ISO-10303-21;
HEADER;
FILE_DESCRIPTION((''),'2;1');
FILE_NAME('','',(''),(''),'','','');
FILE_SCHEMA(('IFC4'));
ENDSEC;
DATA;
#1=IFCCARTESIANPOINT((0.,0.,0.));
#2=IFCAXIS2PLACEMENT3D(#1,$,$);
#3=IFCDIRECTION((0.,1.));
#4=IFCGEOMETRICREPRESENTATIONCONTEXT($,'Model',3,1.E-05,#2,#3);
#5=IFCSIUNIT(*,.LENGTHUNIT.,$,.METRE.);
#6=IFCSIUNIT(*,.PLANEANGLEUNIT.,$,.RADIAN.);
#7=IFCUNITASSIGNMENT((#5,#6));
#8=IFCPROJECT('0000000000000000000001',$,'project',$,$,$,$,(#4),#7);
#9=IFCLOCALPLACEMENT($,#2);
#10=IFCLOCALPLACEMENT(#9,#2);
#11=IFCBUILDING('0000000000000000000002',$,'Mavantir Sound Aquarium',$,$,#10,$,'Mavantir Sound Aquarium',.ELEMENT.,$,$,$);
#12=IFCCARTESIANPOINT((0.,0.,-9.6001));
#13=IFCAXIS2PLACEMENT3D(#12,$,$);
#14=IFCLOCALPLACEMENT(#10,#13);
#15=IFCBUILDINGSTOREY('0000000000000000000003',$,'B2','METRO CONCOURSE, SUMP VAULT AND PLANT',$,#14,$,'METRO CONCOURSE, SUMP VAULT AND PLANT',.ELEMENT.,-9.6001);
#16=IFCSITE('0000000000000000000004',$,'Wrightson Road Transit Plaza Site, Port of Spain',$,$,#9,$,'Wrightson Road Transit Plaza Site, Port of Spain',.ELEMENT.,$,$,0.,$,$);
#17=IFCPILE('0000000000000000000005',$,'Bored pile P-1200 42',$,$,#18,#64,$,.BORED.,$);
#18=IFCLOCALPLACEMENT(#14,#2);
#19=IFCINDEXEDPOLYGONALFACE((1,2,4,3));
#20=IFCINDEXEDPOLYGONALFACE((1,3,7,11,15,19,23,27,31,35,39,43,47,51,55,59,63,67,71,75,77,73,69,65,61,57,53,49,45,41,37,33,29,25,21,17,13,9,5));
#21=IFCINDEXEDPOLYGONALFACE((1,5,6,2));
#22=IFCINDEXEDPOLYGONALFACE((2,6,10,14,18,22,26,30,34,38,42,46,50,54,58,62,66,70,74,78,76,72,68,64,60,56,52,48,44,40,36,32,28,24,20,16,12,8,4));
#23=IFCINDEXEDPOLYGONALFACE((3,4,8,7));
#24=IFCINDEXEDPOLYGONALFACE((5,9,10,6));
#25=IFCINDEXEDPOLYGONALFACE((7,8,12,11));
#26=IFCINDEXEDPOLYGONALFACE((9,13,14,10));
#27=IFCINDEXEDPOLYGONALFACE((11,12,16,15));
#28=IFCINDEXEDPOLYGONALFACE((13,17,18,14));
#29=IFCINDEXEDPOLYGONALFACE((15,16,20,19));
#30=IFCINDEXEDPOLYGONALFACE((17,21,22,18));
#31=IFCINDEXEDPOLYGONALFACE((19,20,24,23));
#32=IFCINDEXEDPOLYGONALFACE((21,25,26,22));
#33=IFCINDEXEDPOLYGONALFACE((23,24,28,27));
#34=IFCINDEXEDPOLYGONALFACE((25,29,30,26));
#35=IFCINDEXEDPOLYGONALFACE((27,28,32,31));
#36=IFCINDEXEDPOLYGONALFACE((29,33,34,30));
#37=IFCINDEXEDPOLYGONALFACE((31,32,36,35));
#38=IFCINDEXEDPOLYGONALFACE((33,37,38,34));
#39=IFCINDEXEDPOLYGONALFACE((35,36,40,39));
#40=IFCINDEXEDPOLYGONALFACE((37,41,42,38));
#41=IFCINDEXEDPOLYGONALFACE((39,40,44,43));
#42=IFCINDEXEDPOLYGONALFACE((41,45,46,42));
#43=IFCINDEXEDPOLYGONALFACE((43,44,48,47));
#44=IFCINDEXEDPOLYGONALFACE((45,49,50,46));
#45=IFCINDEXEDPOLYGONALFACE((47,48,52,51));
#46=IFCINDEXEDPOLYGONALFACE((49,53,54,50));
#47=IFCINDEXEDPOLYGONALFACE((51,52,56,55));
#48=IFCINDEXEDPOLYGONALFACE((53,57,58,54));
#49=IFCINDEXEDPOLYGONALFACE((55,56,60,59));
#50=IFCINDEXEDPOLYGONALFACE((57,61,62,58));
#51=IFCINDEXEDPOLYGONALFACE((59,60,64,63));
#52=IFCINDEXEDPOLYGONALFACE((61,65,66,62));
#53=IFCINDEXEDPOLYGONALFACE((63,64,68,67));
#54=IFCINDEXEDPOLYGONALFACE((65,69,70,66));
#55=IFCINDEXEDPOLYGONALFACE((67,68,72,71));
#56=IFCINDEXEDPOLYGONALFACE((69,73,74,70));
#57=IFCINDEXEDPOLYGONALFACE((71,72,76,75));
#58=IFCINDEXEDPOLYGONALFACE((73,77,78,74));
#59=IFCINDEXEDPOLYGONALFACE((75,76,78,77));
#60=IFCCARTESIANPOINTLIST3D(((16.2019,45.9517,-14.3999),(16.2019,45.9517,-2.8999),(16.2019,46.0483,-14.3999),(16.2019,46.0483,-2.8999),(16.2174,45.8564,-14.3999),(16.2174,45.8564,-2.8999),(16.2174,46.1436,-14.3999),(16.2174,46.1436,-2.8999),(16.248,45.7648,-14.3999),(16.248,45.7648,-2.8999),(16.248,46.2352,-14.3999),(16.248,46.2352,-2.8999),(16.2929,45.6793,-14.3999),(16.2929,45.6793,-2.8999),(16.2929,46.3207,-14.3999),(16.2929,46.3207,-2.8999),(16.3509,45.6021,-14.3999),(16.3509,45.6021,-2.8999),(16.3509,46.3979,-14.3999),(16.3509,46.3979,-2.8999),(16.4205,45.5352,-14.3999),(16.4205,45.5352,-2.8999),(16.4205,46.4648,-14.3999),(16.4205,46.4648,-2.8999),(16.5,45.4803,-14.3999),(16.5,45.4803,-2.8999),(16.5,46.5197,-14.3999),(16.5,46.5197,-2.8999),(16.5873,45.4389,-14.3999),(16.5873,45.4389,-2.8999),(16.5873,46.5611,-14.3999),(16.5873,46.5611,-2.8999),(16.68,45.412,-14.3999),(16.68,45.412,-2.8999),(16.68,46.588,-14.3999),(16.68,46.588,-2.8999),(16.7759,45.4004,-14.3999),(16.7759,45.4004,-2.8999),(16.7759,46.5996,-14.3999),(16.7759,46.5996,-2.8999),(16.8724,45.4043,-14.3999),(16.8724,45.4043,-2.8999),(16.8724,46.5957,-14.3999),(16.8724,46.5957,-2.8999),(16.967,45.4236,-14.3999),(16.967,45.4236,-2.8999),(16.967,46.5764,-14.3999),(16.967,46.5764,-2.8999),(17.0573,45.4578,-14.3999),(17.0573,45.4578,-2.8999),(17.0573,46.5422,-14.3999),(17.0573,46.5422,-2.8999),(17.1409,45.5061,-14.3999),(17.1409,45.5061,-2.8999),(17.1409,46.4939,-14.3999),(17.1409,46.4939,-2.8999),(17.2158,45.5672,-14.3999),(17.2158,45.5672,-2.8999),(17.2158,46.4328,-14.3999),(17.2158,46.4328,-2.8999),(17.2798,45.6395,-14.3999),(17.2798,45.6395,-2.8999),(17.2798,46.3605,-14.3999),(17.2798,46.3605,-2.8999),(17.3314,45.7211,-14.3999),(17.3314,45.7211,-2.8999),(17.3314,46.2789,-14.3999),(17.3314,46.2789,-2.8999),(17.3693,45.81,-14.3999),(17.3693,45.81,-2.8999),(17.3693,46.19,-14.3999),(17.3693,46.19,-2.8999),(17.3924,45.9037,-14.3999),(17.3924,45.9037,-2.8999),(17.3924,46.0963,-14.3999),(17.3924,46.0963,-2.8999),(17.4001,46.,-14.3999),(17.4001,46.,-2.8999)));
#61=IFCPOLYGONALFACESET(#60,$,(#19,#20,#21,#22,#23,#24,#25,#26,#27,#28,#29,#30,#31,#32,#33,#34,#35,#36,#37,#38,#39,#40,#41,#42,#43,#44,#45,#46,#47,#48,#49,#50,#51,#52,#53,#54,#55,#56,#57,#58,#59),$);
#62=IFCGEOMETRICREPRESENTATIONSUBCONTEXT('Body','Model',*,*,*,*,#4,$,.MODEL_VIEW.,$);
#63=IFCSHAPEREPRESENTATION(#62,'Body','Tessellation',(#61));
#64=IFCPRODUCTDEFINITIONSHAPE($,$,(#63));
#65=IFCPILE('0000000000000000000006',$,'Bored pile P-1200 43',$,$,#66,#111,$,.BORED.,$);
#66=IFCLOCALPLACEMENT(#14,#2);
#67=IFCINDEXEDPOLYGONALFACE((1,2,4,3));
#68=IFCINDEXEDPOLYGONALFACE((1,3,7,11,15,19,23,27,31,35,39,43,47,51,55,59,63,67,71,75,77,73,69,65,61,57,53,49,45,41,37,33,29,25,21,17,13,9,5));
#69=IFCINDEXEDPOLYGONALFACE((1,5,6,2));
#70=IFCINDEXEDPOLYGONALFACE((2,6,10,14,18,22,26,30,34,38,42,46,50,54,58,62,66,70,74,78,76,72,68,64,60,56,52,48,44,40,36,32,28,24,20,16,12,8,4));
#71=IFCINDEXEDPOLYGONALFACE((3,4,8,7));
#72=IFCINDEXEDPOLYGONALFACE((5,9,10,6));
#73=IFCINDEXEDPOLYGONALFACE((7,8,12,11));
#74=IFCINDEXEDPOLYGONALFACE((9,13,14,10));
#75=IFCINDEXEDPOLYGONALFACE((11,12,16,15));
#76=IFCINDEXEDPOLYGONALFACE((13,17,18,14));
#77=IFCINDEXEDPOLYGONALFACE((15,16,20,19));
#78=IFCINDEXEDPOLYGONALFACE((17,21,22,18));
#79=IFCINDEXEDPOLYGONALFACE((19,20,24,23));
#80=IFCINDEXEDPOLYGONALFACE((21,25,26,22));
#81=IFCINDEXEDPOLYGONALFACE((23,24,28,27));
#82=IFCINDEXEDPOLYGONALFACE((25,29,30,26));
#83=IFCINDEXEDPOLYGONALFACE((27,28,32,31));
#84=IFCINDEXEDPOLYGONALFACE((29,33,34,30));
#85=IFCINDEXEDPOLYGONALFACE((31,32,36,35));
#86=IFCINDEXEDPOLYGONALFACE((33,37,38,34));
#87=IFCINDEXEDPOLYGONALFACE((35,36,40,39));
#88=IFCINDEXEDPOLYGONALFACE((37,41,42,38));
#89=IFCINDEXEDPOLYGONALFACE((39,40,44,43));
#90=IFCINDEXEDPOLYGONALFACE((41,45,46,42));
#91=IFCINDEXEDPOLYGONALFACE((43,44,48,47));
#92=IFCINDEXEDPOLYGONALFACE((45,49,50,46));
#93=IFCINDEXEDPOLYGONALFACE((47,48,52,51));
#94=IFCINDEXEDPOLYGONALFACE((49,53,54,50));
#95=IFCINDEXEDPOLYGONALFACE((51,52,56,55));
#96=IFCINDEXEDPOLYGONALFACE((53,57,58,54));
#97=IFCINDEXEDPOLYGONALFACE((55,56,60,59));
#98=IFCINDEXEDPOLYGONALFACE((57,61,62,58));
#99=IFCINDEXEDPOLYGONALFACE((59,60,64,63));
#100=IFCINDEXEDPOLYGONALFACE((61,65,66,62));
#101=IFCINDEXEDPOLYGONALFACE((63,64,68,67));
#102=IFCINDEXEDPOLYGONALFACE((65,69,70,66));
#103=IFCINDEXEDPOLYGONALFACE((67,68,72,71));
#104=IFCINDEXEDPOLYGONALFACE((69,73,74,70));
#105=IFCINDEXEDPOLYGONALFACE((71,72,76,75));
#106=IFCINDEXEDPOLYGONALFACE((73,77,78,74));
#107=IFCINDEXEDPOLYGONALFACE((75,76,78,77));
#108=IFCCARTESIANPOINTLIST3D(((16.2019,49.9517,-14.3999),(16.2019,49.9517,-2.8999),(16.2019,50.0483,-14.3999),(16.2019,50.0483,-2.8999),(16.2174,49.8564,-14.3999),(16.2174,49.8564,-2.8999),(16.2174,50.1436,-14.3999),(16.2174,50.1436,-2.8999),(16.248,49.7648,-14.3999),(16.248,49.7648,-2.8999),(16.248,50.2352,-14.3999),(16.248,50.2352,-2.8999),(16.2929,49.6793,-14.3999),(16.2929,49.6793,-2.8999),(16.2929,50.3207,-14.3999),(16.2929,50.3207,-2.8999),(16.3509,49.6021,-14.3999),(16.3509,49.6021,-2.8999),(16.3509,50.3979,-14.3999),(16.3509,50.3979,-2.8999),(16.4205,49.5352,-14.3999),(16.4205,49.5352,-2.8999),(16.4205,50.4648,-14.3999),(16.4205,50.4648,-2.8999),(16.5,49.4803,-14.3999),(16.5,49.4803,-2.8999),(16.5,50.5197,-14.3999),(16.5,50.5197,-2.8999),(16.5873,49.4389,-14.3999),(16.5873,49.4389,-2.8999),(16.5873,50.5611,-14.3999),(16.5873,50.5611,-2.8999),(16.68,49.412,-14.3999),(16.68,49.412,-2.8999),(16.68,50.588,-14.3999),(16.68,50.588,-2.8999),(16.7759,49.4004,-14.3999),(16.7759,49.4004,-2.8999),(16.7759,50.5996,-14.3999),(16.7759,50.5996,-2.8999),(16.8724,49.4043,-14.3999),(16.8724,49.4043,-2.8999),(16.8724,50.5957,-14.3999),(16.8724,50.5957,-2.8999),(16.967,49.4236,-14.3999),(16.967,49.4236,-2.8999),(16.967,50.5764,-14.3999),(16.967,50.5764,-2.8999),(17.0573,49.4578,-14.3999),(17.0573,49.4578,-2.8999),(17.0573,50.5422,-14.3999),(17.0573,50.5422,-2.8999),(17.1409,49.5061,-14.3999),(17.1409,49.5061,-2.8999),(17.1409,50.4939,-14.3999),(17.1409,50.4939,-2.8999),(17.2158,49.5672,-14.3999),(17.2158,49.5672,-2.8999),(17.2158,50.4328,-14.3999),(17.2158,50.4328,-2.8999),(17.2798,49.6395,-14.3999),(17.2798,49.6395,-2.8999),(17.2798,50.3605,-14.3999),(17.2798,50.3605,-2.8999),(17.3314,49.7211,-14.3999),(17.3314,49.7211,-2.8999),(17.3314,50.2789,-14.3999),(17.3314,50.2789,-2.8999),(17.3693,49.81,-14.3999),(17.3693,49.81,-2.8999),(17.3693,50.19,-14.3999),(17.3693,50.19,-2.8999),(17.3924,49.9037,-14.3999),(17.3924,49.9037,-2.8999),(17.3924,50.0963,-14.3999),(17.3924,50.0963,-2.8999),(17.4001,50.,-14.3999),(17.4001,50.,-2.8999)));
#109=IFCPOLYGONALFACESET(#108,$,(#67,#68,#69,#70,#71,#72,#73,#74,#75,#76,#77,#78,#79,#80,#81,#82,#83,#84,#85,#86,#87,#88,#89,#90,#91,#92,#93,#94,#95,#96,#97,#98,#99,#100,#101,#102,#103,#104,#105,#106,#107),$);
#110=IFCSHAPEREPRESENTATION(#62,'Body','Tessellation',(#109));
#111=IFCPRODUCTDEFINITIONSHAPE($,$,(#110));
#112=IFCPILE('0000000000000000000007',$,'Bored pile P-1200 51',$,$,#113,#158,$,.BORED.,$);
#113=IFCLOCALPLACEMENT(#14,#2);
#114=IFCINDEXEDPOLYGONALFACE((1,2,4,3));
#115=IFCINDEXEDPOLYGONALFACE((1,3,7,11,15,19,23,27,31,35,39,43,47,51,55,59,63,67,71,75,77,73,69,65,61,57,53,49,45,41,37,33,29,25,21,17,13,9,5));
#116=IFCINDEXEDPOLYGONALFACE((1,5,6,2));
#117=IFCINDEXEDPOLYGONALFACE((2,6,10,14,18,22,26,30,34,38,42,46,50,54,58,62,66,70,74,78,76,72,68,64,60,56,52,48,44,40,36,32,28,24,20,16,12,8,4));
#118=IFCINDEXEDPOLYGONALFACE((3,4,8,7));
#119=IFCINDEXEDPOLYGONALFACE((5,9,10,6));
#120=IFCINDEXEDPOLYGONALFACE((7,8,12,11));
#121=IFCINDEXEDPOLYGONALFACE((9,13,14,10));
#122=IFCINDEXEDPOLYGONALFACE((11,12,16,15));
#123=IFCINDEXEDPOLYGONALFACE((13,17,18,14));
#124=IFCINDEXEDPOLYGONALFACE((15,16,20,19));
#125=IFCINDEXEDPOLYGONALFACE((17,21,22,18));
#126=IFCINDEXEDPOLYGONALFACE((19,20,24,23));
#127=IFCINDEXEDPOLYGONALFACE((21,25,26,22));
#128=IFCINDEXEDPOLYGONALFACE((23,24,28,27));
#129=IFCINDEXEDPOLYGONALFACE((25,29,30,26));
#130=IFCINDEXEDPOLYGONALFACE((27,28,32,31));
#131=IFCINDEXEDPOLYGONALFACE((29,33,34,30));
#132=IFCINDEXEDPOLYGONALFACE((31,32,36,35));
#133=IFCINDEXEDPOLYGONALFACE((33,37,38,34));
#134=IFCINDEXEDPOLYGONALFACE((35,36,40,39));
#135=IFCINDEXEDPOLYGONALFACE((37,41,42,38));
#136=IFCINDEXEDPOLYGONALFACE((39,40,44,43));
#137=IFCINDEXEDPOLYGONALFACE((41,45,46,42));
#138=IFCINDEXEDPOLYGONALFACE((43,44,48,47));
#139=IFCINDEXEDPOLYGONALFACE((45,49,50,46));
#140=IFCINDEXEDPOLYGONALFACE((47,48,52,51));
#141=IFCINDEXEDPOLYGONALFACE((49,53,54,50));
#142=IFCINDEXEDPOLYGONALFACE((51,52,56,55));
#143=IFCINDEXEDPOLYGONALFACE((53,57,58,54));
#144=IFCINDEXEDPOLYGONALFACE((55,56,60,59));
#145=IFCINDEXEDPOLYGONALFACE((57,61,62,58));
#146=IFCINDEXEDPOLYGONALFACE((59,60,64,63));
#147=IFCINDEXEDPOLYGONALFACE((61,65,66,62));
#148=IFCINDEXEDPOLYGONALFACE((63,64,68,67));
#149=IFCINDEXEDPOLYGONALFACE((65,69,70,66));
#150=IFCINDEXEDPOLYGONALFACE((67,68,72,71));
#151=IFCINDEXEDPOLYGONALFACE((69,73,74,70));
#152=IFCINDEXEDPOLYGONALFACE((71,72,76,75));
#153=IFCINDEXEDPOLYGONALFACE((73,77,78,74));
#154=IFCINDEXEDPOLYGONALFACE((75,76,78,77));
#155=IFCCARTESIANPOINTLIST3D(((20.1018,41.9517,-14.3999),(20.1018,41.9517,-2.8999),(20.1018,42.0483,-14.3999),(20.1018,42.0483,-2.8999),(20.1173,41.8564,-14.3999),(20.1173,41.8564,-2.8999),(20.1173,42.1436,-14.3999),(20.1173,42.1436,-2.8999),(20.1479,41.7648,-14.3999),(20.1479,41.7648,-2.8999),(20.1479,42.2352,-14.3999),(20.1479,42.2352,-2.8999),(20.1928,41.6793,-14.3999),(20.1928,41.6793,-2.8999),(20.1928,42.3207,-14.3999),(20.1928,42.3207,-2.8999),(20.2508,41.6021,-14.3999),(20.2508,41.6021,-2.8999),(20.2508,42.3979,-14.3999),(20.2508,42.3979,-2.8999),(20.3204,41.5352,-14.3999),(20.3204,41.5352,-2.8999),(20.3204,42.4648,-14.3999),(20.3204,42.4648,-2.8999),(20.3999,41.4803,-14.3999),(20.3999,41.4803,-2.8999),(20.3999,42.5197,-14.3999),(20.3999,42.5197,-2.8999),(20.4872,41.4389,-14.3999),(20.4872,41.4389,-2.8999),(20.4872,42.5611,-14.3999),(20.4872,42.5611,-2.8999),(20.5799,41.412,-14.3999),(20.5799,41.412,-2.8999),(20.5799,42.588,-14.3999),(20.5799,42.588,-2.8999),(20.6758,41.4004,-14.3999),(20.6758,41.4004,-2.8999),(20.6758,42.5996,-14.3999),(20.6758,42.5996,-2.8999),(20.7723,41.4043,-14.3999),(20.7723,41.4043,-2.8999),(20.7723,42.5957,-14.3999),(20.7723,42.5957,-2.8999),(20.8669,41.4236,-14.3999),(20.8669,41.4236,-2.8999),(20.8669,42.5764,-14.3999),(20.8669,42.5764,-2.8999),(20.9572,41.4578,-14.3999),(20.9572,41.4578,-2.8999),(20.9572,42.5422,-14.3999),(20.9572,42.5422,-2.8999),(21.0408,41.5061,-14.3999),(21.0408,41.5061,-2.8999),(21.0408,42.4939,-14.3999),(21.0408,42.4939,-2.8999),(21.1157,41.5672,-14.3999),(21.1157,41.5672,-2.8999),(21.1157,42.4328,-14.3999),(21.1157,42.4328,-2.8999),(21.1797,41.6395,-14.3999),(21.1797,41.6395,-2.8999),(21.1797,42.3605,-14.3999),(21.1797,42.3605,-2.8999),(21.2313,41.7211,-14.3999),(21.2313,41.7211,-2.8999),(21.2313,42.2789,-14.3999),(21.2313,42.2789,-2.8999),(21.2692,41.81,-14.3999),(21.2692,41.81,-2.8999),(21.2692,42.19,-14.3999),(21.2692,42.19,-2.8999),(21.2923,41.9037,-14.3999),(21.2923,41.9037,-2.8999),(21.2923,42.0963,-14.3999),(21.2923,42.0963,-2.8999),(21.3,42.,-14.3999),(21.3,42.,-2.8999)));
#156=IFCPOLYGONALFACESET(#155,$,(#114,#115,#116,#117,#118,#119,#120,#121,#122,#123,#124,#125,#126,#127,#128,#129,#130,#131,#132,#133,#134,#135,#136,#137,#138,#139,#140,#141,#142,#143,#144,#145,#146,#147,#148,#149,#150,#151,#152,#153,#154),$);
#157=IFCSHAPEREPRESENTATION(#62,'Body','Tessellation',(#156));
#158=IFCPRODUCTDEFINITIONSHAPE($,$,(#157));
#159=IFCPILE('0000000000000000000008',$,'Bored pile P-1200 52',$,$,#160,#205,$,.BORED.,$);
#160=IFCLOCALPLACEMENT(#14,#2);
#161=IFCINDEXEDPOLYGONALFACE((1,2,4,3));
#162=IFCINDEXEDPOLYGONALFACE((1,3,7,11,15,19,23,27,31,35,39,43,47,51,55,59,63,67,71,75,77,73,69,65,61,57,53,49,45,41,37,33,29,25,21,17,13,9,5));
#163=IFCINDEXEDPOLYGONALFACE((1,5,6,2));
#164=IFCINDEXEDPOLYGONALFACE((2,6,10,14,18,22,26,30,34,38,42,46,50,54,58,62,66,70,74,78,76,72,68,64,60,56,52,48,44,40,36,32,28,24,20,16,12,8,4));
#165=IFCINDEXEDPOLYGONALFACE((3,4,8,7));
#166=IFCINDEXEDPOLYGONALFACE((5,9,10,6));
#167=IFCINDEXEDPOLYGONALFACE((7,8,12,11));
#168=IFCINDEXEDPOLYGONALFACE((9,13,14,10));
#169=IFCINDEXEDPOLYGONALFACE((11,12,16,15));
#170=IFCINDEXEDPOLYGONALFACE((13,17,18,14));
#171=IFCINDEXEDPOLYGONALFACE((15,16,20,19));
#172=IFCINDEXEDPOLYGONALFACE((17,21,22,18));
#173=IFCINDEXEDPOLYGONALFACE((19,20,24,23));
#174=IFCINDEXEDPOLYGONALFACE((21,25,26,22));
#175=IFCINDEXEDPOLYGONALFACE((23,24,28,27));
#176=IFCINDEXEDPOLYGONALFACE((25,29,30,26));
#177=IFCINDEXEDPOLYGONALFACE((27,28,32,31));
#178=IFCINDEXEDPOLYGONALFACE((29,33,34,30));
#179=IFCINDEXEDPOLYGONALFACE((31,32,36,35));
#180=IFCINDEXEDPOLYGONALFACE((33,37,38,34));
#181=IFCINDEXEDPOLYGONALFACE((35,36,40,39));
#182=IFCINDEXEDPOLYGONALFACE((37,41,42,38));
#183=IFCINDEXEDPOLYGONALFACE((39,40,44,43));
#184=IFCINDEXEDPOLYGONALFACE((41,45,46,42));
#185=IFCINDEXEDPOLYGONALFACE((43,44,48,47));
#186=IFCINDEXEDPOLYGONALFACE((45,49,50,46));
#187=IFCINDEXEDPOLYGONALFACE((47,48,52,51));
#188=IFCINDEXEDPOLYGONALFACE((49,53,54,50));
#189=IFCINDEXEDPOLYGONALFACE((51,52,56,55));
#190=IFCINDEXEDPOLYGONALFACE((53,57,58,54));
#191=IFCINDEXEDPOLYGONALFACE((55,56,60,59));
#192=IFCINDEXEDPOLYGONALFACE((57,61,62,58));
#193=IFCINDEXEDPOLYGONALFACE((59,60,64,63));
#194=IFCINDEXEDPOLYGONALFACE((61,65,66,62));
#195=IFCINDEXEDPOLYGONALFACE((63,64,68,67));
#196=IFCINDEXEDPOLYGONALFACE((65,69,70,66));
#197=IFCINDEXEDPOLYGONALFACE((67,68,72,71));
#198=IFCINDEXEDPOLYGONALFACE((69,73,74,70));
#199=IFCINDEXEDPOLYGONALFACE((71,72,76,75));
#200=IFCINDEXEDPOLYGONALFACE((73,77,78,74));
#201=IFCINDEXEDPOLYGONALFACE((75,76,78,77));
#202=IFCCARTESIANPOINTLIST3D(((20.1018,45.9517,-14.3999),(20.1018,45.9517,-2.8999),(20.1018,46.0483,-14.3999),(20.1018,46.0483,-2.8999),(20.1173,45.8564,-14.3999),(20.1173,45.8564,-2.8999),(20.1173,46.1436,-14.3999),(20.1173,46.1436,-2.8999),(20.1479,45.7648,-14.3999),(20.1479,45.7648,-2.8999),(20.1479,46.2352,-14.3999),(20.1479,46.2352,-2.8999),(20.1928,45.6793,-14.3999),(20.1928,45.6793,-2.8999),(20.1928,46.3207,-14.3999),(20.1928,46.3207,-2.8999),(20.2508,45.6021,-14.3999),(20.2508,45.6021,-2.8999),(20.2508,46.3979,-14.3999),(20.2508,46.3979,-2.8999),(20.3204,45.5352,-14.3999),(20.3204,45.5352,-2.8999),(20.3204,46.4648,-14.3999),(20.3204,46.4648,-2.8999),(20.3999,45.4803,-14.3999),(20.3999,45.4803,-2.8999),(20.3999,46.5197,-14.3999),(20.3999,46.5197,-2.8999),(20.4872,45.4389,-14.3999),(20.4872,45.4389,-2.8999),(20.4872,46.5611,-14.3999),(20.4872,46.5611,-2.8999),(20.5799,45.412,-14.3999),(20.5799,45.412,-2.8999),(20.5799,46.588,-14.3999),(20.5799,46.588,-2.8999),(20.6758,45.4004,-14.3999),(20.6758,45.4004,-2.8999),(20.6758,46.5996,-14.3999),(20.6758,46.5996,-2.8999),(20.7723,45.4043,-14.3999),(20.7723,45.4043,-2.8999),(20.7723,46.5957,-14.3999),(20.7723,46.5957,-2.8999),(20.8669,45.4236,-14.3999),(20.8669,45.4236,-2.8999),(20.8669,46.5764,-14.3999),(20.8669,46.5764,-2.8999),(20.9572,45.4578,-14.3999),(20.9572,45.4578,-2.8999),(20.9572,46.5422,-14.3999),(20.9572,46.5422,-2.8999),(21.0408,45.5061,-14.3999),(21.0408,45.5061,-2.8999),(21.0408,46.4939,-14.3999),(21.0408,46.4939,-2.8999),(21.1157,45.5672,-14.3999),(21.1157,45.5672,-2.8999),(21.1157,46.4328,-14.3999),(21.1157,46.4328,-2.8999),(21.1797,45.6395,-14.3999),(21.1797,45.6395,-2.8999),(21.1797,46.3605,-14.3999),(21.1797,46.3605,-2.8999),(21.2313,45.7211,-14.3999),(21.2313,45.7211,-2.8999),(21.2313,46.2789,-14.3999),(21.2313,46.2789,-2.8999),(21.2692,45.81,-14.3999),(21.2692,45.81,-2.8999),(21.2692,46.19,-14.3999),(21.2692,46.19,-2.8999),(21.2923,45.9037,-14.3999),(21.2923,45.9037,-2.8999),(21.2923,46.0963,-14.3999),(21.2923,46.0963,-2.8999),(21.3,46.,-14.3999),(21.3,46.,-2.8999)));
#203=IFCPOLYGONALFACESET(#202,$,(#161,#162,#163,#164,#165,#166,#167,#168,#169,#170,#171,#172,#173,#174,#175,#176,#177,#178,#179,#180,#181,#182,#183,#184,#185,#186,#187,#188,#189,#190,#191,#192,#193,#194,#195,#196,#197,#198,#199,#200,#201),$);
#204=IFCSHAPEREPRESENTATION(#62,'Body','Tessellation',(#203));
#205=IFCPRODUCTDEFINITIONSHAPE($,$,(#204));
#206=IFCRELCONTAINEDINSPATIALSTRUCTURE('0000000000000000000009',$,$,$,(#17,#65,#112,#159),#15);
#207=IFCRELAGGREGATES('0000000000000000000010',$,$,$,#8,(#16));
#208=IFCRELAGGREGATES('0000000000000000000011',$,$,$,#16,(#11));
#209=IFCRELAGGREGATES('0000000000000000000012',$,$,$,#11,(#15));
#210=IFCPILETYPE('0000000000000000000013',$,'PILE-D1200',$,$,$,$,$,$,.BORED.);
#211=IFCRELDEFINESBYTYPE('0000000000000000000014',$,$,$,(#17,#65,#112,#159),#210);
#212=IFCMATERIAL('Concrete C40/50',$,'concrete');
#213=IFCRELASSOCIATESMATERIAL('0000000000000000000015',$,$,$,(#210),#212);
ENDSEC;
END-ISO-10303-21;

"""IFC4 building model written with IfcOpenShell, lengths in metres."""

from ifc_helpers import new_model, si_unit, direction, frame, origin, origin_2d, place, context, subcontext, project, spatial, circle, extrude, material, material_profile, profile_set, type_object, element, save


model = new_model("IFC4")

# Units and contexts
model_context = context("Model", 3, precision=1e-05, world=origin(), true_north=direction((0.0, 1.0)))
body_context = subcontext(model_context, "Body", "Model", "MODEL_VIEW")
ifc_project = project(units=[si_unit("LENGTHUNIT", "METRE"), si_unit("PLANEANGLEUNIT", "RADIAN")], contexts=[model_context])

# Site, building, storey
site_placement = place(None, origin())
site = spatial("IfcSite", under=ifc_project, at=site_placement, Name="Wrightson Road Transit Plaza Site, Port of Spain", LongName="Wrightson Road Transit Plaza Site, Port of Spain", CompositionType="ELEMENT", RefElevation=0.0)
building_placement = place(site_placement, origin())
building = spatial("IfcBuilding", under=site, at=building_placement, Name="Mavantir Sound Aquarium", LongName="Mavantir Sound Aquarium", CompositionType="ELEMENT")
storey_placement = place(building_placement, frame((0.0, 0.0, -9.6001)))
storey = spatial("IfcBuildingStorey", under=building, at=storey_placement, Name="B2", Description="METRO CONCOURSE, SUMP VAULT AND PLANT", LongName="METRO CONCOURSE, SUMP VAULT AND PLANT", CompositionType="ELEMENT", Elevation=-9.6001)

# Piles
ifc_material_1 = material(Name="Concrete C40/50", Category="concrete")
ifc_material_profile_1 = material_profile(ifc_material_1, circle(Radius=0.6001, at=origin_2d()), Name="PILE D1200")
ifc_profile_set_1 = profile_set([ifc_material_profile_1], Name="Concrete C40/50")
pile_type = type_object("IfcPileType", Name="PILE-D1200", PredefinedType="BORED", material=ifc_profile_set_1)
for number, where, z_axis, x_axis, name in (
    (1, (16.8, 46.0, -2.8999), (0.0, 0.0, -1.0), (1.0, 0.0, 0.0), "Bored pile P-1200 42"),
    (2, (16.8, 50.0, -2.8999), (0.0, 0.0, -1.0), (1.0, 0.0, 0.0), "Bored pile P-1200 43"),
    (3, (20.7, 42.0, -2.8999), (0.0, 0.0, -1.0), (1.0, 0.0, 0.0), "Bored pile P-1200 51"),
    (4, (20.7, 46.0, -2.8999), (0.0, 0.0, -1.0), (1.0, 0.0, 0.0), "Bored pile P-1200 52"),
):
    element("IfcPile", number, at=place(storey_placement, frame(where, z_axis=z_axis, x_axis=x_axis)), inside=storey, type_object=pile_type, Name=name, PredefinedType="BORED", context=body_context, shape_type="SweptSolid", body=[
        extrude(circle(Radius=0.6001, at=origin_2d()), origin(), (0.0, 0.0, 1.0), 11.5),
    ])

save(model, "model.ifc")
